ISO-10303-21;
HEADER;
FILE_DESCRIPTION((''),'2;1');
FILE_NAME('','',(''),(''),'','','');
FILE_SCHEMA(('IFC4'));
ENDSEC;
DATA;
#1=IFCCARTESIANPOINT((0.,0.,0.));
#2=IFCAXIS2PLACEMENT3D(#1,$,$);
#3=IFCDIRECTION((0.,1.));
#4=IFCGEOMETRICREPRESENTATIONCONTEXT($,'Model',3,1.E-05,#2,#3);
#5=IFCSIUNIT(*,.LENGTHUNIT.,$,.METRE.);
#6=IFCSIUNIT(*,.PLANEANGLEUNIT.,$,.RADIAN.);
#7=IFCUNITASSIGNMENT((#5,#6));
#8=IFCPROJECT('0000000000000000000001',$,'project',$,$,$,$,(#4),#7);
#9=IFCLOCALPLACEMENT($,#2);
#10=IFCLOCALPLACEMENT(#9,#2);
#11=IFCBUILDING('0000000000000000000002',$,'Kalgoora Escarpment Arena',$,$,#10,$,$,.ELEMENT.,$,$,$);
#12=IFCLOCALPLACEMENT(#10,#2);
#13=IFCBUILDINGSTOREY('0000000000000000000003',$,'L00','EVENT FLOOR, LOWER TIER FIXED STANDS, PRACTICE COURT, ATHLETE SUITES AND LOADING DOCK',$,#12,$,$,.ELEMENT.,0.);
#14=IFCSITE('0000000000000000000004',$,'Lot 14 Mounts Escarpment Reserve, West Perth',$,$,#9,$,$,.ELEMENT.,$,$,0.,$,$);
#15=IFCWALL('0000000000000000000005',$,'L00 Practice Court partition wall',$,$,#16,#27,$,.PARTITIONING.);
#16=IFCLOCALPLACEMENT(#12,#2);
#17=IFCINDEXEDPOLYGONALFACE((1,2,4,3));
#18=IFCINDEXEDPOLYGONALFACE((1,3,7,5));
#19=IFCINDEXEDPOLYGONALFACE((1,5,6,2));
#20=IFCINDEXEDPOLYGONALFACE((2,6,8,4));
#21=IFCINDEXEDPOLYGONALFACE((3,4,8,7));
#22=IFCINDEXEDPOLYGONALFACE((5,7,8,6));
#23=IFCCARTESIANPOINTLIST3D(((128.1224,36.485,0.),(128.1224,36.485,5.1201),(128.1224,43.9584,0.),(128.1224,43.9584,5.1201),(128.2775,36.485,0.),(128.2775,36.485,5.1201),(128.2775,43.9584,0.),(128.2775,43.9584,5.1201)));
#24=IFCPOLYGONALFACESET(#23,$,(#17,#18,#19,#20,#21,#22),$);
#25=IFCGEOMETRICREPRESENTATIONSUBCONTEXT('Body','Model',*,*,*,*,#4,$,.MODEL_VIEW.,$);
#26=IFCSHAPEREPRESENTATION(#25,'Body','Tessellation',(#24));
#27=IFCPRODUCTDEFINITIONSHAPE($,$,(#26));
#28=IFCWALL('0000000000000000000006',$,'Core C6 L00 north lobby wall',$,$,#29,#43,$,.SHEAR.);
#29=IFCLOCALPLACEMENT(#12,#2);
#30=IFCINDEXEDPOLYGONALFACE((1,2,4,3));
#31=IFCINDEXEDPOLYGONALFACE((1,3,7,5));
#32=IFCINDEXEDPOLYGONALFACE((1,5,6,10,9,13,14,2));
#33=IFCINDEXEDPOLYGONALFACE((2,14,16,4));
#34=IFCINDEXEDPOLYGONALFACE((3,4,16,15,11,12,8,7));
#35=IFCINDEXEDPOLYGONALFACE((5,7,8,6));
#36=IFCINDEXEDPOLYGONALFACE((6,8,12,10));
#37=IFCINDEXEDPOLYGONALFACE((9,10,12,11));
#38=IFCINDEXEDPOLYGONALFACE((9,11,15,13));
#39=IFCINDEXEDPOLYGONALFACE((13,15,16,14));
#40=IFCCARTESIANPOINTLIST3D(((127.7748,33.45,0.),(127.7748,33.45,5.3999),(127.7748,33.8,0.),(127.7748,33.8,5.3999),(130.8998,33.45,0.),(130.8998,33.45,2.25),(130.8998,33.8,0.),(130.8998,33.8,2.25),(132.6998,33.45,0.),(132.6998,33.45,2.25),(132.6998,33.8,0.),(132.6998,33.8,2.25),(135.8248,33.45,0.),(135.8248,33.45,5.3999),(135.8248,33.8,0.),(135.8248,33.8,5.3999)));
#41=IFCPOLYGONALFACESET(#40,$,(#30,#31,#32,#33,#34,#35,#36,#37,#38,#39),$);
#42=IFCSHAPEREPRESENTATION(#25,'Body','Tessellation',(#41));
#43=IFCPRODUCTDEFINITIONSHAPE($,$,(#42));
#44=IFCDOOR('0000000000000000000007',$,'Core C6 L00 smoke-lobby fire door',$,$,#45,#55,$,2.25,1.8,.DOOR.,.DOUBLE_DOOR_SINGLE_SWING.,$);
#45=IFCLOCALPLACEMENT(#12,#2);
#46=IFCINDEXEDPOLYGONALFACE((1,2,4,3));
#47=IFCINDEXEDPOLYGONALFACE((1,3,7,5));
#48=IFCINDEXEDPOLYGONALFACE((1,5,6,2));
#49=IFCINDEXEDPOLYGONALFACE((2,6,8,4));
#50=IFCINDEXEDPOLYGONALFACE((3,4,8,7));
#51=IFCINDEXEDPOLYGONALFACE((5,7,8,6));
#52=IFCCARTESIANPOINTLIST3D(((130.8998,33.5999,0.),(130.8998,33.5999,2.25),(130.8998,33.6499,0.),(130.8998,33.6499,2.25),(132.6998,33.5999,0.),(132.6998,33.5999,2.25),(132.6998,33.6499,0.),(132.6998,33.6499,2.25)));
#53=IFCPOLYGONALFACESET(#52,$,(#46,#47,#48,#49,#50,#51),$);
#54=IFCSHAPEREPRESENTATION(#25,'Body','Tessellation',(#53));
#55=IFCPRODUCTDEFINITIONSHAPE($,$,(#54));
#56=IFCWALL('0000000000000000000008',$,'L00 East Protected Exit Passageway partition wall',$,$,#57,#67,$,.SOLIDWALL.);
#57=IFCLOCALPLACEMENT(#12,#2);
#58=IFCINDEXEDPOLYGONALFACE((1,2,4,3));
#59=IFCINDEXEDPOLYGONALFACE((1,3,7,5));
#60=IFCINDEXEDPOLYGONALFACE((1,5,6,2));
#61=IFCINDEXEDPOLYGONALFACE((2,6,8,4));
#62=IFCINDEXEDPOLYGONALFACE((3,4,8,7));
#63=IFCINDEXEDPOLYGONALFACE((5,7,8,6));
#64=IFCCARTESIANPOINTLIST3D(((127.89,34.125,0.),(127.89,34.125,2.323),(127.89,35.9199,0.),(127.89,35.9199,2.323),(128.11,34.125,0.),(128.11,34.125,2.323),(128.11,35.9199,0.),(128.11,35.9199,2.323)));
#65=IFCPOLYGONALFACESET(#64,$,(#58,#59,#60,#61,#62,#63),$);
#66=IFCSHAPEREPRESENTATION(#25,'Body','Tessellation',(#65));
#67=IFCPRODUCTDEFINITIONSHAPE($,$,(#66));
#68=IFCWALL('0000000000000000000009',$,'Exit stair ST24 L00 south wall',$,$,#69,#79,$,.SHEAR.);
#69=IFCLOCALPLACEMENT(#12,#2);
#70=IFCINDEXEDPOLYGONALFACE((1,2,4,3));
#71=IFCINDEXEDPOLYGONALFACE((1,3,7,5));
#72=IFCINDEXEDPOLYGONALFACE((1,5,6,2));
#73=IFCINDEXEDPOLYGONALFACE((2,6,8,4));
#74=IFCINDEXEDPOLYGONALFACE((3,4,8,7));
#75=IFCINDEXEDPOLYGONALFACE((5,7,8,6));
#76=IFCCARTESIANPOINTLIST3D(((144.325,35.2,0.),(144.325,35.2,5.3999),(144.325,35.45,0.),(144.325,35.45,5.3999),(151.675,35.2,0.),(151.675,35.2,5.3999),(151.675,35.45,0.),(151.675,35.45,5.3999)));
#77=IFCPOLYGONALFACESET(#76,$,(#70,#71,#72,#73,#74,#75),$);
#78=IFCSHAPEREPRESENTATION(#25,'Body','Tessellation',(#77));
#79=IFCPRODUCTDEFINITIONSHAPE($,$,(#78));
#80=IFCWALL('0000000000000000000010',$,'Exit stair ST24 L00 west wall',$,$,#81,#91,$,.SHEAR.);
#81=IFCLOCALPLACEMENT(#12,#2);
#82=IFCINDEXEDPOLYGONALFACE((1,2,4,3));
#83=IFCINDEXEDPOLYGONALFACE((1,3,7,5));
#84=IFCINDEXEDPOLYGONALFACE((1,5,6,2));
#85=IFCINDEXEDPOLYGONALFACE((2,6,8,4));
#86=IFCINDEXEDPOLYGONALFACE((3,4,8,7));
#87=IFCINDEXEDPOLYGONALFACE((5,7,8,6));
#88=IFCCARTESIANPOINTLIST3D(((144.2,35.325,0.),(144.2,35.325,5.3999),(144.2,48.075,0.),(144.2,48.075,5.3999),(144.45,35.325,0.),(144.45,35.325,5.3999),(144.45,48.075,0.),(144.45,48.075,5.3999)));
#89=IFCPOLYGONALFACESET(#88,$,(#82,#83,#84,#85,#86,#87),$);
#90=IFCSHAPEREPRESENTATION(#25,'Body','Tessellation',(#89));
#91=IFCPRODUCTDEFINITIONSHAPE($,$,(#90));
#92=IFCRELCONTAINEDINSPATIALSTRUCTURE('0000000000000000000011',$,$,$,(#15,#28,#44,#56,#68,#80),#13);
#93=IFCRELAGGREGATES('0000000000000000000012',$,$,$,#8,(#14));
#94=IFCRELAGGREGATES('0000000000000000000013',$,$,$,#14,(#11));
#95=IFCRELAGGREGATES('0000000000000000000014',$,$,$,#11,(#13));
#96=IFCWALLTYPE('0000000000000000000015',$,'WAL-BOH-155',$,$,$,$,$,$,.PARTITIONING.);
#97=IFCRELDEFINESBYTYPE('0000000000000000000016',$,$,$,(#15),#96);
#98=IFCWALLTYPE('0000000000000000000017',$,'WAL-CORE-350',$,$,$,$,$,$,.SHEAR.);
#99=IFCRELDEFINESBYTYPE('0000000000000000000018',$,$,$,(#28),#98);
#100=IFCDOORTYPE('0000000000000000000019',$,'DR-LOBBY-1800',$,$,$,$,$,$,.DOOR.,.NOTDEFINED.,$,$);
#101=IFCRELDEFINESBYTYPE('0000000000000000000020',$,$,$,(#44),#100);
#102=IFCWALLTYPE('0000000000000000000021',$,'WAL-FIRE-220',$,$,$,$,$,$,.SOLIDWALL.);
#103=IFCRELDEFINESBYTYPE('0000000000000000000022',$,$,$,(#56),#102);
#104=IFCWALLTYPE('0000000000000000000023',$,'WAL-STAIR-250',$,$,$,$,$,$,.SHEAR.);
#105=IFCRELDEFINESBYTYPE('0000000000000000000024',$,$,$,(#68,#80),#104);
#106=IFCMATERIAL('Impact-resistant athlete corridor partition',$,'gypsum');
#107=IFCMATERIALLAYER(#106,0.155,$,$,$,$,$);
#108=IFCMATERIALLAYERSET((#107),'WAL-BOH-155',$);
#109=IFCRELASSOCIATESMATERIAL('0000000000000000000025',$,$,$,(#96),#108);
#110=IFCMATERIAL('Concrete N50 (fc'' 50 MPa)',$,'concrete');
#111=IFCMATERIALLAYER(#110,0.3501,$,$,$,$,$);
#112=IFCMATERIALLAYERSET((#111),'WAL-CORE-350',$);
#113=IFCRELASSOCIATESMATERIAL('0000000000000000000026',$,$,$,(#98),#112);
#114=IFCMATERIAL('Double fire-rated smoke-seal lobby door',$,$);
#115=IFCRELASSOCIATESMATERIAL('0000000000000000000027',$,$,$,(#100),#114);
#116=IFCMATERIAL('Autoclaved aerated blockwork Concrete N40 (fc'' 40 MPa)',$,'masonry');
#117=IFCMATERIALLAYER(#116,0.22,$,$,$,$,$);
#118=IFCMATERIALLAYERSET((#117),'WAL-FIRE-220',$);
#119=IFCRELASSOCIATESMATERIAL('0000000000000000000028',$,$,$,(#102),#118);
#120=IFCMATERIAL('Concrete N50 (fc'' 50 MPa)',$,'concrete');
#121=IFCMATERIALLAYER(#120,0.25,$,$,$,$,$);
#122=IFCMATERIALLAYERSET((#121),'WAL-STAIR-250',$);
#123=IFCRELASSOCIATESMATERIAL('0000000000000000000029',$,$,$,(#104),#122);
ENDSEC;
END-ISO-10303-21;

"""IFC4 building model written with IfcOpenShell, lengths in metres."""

from ifc_helpers import new_model, si_unit, direction, frame, frame_2d, origin, place, context, subcontext, project, spatial, rectangle, extrude, material, layer, layer_set, type_object, element, fill, save


model = new_model("IFC4")

# Units and contexts
model_context = context("Model", 3, precision=1e-05, world=origin(), true_north=direction((0.0, 1.0)))
body_context = subcontext(model_context, "Body", "Model", "MODEL_VIEW")
ifc_project = project(units=[si_unit("LENGTHUNIT", "METRE"), si_unit("PLANEANGLEUNIT", "RADIAN")], contexts=[model_context])

# Site, building, storey
site_placement = place(None, origin())
site = spatial("IfcSite", under=ifc_project, at=site_placement, Name="Lot 14 Mounts Escarpment Reserve, West Perth", CompositionType="ELEMENT", RefElevation=0.0)
building_placement = place(site_placement, origin())
building = spatial("IfcBuilding", under=site, at=building_placement, Name="Kalgoora Escarpment Arena", CompositionType="ELEMENT")
storey_placement = place(building_placement, origin())
storey = spatial("IfcBuildingStorey", under=building, at=storey_placement, Name="L00", Description="EVENT FLOOR, LOWER TIER FIXED STANDS, PRACTICE COURT, ATHLETE SUITES AND LOADING DOCK", CompositionType="ELEMENT", Elevation=0.0)

# Wall
ifc_material_1 = material(Name="Impact-resistant athlete corridor partition", Category="gypsum")
ifc_layer_1 = layer(ifc_material_1, 0.155)
ifc_layer_set_1 = layer_set([ifc_layer_1], Name="WAL-BOH-155")
wall_type_1 = type_object("IfcWallType", Name="WAL-BOH-155", PredefinedType="PARTITIONING", material=ifc_layer_set_1)
wall_1_placement = place(storey_placement, frame((128.2, 36.4849, 0.0), z_axis=(0.0, 0.0, 1.0), x_axis=(0.0, 1.0, 0.0)))
element("IfcWall", 1, at=wall_1_placement, inside=storey, type_object=wall_type_1, Name="L00 Practice Court partition wall", PredefinedType="PARTITIONING", context=body_context, shape_type="SweptSolid", body=[
    extrude(rectangle(XDim=7.4734, YDim=0.155, at=frame_2d((3.7368, 0.0))), origin(), (0.0, 0.0, 1.0), 5.1201),
])

# Wall, opening, door
ifc_material_2 = material(Name="Concrete N50 (fc' 50 MPa)", Category="concrete")
ifc_layer_2 = layer(ifc_material_2, 0.3501)
ifc_layer_set_2 = layer_set([ifc_layer_2], Name="WAL-CORE-350")
wall_type_2 = type_object("IfcWallType", Name="WAL-CORE-350", PredefinedType="SHEAR", material=ifc_layer_set_2)
wall_2_placement = place(storey_placement, frame((127.7749, 33.625, 0.0), z_axis=(0.0, 0.0, 1.0), x_axis=(1.0, 0.0, 0.0)))
wall_2 = element("IfcWall", 2, at=wall_2_placement, inside=storey, type_object=wall_type_2, Name="Core C6 L00 north lobby wall", PredefinedType="SHEAR", context=body_context, shape_type="SweptSolid", body=[
    extrude(rectangle(XDim=8.05, YDim=0.3501, at=frame_2d((4.0249, 0.0))), origin(), (0.0, 0.0, 1.0), 5.3999),
])
opening_placement = place(wall_2_placement, frame((3.125, 0.0, 0.0)))
opening = element("IfcOpeningElement", 3, at=opening_placement, cuts=wall_2, PredefinedType="OPENING", context=body_context, shape_type="SweptSolid", body=[
    extrude(rectangle(XDim=1.8, YDim=2.25, at=frame_2d((0.8999, 1.125))), frame((0.0, 0.1851, 0.0), z_axis=(0.0, -1.0, 0.0), x_axis=(1.0, 0.0, 0.0)), (0.0, 0.0, 1.0), 0.3701),
])
ifc_material_3 = material(Name="Double fire-rated smoke-seal lobby door")
door_type = type_object("IfcDoorType", Name="DR-LOBBY-1800", OperationType="NOTDEFINED", PredefinedType="DOOR", material=ifc_material_3)
door_placement = place(opening_placement, origin())
door = element("IfcDoor", 4, at=door_placement, inside=storey, type_object=door_type, Name="Core C6 L00 smoke-lobby fire door", OperationType="DOUBLE_DOOR_SINGLE_SWING", OverallHeight=2.25, OverallWidth=1.8, PredefinedType="DOOR", context=body_context, shape_type="SweptSolid", body=[
    extrude(rectangle(XDim=1.8, YDim=2.25, at=frame_2d((0.8999, 1.125))), frame((0.0, 0.0249, 0.0), z_axis=(0.0, -1.0, 0.0), x_axis=(1.0, 0.0, 0.0)), (0.0, 0.0, 1.0), 0.05),
])
fill(opening, door)

# Walls
ifc_material_4 = material(Name="Autoclaved aerated blockwork Concrete N40 (fc' 40 MPa)", Category="masonry")
ifc_layer_3 = layer(ifc_material_4, 0.22)
ifc_layer_set_3 = layer_set([ifc_layer_3], Name="WAL-FIRE-220")
wall_type_3 = type_object("IfcWallType", Name="WAL-FIRE-220", PredefinedType="SOLIDWALL", material=ifc_layer_set_3)
wall_3_placement = place(storey_placement, frame((128.0, 34.125, 0.0), z_axis=(0.0, 0.0, 1.0), x_axis=(0.0, 1.0, 0.0)))
element("IfcWall", 5, at=wall_3_placement, inside=storey, type_object=wall_type_3, Name="L00 East Protected Exit Passageway partition wall", PredefinedType="SOLIDWALL", context=body_context, shape_type="SweptSolid", body=[
    extrude(rectangle(XDim=1.7949, YDim=0.22, at=frame_2d((0.8975, 0.0))), origin(), (0.0, 0.0, 1.0), 2.323),
])
ifc_material_5 = material(Name="Concrete N50 (fc' 50 MPa)", Category="concrete")
ifc_layer_4 = layer(ifc_material_5, 0.25)
ifc_layer_set_4 = layer_set([ifc_layer_4], Name="WAL-STAIR-250")
wall_type_4 = type_object("IfcWallType", Name="WAL-STAIR-250", PredefinedType="SHEAR", material=ifc_layer_set_4)
wall_4_placement = place(storey_placement, frame((144.325, 35.325, 0.0), z_axis=(0.0, 0.0, 1.0), x_axis=(1.0, 0.0, 0.0)))
element("IfcWall", 6, at=wall_4_placement, inside=storey, type_object=wall_type_4, Name="Exit stair ST24 L00 south wall", PredefinedType="SHEAR", context=body_context, shape_type="SweptSolid", body=[
    extrude(rectangle(XDim=7.3501, YDim=0.25, at=frame_2d((3.675, 0.0))), origin(), (0.0, 0.0, 1.0), 5.3999),
])
wall_5_placement = place(storey_placement, frame((144.325, 35.325, 0.0), z_axis=(0.0, 0.0, 1.0), x_axis=(0.0, 1.0, 0.0)))
element("IfcWall", 7, at=wall_5_placement, inside=storey, type_object=wall_type_4, Name="Exit stair ST24 L00 west wall", PredefinedType="SHEAR", context=body_context, shape_type="SweptSolid", body=[
    extrude(rectangle(XDim=12.75, YDim=0.25, at=frame_2d((6.375, 0.0))), origin(), (0.0, 0.0, 1.0), 5.3999),
])

save(model, "model.ifc")
